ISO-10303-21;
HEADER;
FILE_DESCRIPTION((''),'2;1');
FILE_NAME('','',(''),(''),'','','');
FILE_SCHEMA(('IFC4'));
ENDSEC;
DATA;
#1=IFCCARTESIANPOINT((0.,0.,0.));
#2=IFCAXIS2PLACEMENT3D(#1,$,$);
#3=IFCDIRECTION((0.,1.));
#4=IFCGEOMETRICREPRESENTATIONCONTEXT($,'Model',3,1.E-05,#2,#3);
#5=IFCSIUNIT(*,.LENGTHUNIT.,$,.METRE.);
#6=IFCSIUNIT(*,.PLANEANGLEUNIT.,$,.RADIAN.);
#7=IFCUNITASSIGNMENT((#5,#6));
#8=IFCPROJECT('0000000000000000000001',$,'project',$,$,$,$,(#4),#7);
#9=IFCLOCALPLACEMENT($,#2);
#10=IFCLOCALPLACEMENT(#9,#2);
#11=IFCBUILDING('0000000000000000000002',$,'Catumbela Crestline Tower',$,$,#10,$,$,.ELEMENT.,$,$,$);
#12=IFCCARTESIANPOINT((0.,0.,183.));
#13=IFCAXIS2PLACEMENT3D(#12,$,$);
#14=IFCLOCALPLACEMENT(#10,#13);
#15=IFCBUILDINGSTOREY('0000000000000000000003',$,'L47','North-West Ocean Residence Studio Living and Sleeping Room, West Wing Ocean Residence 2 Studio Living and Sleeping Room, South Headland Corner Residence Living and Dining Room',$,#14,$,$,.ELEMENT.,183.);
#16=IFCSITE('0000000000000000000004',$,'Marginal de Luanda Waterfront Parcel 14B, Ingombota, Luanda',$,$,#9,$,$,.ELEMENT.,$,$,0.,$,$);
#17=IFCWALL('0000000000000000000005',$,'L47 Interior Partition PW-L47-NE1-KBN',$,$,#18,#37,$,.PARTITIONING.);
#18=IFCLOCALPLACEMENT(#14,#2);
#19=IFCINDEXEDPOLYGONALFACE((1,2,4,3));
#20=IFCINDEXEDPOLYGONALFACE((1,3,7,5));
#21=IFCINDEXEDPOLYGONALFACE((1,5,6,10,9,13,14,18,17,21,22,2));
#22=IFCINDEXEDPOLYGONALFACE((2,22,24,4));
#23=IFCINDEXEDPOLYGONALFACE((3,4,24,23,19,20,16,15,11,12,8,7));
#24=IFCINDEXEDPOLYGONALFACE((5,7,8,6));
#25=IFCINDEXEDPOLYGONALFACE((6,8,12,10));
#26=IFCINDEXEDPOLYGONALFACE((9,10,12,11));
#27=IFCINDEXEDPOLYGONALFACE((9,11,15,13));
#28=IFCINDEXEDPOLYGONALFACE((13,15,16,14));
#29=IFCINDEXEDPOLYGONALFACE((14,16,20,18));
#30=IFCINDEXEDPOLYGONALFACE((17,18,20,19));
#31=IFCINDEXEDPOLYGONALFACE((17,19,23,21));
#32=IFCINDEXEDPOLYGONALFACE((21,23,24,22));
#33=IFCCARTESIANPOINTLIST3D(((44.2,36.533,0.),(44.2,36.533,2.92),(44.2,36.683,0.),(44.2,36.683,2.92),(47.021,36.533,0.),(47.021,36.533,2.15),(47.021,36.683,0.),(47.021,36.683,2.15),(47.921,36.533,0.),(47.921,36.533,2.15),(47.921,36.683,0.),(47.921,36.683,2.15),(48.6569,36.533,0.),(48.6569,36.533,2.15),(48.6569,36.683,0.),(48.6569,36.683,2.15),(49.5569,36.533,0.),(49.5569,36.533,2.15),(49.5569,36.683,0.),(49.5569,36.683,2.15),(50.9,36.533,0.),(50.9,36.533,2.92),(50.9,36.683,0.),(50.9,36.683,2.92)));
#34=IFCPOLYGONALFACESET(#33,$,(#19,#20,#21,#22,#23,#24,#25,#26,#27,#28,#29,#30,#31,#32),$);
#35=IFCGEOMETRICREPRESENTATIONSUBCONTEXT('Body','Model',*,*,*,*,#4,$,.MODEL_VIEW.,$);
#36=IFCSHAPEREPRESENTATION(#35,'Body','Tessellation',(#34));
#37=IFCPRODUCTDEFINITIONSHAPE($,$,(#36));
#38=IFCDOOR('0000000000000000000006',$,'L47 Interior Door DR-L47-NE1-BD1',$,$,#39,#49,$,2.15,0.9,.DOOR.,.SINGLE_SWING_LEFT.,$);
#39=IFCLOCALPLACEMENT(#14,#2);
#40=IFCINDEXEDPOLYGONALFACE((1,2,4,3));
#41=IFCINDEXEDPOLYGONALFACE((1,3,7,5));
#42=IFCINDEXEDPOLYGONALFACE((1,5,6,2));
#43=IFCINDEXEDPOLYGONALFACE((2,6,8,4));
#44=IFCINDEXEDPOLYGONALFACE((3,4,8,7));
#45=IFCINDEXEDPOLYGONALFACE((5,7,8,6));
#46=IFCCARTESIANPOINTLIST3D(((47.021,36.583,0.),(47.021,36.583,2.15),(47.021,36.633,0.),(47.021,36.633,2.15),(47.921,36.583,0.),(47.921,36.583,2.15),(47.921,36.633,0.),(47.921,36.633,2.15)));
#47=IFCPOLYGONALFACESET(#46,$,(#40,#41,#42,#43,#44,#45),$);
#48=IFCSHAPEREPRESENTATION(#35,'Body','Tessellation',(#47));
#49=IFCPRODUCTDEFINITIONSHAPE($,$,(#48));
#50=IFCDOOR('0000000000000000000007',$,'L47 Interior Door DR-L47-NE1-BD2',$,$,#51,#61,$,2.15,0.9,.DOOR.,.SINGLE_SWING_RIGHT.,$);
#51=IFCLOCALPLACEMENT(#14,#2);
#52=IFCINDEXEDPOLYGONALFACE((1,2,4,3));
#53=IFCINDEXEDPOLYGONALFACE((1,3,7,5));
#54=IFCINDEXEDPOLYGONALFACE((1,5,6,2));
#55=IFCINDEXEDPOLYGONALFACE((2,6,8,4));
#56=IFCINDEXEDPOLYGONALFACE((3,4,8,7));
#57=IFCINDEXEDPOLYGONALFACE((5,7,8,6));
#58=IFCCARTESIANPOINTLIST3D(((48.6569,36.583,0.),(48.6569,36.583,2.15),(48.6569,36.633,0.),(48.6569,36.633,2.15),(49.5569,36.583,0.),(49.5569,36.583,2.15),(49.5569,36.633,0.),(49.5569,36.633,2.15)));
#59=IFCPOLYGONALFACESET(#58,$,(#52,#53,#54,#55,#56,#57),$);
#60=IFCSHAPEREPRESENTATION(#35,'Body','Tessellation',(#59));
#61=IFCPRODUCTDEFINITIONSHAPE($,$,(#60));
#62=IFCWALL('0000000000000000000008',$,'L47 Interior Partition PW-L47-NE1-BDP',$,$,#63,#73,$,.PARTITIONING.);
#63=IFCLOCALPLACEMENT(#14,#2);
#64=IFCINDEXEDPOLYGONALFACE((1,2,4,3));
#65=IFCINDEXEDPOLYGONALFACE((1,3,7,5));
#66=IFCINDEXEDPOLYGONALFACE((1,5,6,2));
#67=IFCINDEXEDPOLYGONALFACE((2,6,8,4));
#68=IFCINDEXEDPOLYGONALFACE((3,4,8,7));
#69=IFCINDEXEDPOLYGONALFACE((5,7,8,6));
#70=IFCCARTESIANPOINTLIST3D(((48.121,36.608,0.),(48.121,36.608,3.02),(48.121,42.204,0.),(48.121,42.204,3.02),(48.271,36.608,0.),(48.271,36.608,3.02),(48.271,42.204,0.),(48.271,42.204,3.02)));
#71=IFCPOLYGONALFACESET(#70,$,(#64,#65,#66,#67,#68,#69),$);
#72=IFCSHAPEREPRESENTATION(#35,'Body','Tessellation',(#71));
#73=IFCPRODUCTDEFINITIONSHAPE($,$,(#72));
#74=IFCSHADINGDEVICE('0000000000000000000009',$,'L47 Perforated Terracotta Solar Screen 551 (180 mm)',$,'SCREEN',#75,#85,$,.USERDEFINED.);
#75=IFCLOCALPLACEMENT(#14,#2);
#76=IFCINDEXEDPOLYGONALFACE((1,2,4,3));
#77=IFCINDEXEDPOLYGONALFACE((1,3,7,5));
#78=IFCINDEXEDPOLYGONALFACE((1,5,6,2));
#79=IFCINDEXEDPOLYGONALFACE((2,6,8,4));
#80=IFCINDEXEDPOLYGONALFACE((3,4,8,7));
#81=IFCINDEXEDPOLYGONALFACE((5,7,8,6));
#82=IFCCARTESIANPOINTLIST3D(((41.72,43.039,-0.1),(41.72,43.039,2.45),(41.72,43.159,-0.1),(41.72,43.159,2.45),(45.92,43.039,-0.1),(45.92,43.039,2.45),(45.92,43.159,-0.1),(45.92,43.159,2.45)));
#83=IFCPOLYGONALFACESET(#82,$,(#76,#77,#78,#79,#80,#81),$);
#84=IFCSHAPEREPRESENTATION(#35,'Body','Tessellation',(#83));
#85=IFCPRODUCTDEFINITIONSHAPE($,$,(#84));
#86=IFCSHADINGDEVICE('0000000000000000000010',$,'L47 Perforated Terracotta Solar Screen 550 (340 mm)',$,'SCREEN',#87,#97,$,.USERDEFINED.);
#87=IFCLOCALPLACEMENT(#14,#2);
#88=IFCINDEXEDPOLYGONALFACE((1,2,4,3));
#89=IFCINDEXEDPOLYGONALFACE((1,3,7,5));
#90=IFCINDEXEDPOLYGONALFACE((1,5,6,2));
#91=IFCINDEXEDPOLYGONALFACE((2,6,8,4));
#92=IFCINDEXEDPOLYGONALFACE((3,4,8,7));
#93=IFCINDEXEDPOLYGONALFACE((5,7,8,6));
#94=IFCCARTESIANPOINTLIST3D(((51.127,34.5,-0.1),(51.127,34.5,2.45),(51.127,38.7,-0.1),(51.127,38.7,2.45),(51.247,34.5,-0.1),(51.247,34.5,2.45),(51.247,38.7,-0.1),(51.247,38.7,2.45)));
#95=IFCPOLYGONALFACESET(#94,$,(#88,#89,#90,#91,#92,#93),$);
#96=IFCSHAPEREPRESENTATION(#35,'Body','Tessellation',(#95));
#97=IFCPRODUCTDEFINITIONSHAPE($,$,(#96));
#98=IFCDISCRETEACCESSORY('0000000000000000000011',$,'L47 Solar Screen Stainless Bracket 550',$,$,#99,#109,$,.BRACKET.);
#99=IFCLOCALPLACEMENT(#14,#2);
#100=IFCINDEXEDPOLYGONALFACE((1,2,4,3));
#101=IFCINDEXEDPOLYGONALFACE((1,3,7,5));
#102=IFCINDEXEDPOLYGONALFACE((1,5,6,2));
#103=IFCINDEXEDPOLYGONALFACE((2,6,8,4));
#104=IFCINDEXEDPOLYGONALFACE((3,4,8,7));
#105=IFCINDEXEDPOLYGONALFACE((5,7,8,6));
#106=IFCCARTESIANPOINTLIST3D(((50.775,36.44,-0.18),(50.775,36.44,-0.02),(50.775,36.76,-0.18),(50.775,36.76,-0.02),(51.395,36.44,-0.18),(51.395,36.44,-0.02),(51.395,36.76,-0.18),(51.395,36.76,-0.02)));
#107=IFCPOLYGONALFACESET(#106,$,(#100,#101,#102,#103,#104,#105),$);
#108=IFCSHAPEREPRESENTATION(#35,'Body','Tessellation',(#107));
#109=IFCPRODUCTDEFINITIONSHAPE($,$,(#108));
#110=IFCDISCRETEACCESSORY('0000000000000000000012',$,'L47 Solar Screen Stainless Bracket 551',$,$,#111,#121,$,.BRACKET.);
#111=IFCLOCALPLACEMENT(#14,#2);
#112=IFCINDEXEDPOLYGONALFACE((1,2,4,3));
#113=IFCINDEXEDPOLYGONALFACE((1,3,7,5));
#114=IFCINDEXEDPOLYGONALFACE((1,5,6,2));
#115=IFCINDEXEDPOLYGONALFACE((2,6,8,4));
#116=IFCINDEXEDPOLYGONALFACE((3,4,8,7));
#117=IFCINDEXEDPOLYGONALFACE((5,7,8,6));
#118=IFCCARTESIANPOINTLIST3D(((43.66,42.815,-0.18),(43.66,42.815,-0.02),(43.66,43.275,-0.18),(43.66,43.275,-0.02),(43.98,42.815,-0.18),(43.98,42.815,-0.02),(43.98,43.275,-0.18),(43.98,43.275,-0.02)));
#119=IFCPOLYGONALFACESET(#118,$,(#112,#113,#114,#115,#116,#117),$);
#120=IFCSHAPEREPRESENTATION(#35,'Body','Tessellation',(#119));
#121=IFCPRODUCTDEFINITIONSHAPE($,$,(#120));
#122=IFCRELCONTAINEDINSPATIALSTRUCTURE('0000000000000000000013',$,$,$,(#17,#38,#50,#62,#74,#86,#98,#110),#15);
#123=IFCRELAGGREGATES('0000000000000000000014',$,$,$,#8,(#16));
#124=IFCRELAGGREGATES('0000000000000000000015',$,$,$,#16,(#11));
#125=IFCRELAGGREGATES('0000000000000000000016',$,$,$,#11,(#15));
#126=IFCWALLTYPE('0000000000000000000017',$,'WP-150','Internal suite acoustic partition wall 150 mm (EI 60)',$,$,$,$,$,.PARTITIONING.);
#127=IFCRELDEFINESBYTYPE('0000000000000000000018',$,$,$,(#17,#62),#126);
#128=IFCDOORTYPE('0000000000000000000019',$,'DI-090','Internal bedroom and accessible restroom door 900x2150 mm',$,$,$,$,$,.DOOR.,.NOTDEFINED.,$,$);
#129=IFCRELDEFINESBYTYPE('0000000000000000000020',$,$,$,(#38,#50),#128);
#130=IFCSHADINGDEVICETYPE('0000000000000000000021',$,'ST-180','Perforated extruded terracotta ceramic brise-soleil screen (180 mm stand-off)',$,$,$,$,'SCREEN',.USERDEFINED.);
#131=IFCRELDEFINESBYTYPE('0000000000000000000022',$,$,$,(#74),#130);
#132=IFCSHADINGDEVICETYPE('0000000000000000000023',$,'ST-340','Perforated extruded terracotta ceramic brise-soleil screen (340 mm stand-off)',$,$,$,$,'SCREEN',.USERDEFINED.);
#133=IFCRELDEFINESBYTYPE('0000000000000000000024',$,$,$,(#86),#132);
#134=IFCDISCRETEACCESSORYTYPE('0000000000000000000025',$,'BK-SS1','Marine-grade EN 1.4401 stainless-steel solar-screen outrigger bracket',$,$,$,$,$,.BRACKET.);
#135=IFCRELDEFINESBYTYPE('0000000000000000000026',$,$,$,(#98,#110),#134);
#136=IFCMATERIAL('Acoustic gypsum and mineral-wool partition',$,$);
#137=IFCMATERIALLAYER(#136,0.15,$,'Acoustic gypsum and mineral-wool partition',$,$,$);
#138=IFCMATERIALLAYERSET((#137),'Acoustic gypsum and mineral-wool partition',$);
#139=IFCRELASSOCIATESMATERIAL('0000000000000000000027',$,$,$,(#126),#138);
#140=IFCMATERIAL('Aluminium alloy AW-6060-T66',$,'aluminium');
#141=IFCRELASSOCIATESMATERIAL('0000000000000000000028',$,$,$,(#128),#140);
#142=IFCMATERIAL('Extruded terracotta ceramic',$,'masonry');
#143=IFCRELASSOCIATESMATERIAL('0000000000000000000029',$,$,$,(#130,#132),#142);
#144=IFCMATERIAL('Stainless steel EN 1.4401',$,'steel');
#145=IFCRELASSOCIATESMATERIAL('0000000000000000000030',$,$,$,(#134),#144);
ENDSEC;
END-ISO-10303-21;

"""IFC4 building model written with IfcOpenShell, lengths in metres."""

from ifc_helpers import new_model, si_unit, direction, frame, frame_2d, origin, origin_2d, place, context, subcontext, project, spatial, rectangle, extrude, material, layer, layer_set, type_object, element, fill, save


model = new_model("IFC4")

# Units and contexts
model_context = context("Model", 3, precision=1e-05, world=origin(), true_north=direction((0.0, 1.0)))
body_context = subcontext(model_context, "Body", "Model", "MODEL_VIEW")
ifc_project = project(units=[si_unit("LENGTHUNIT", "METRE"), si_unit("PLANEANGLEUNIT", "RADIAN")], contexts=[model_context])

# Site, building, storey
site_placement = place(None, origin())
site = spatial("IfcSite", under=ifc_project, at=site_placement, Name="Marginal de Luanda Waterfront Parcel 14B, Ingombota, Luanda", CompositionType="ELEMENT", RefElevation=0.0)
building_placement = place(site_placement, origin())
building = spatial("IfcBuilding", under=site, at=building_placement, Name="Catumbela Crestline Tower", CompositionType="ELEMENT")
storey_placement = place(building_placement, frame((0.0, 0.0, 183.0)))
storey = spatial("IfcBuildingStorey", under=building, at=storey_placement, Name="L47", Description="North-West Ocean Residence Studio Living and Sleeping Room, West Wing Ocean Residence 2 Studio Living and Sleeping Room, South Headland Corner Residence Living and Dining Room", CompositionType="ELEMENT", Elevation=183.0)

# Shared definitions
ifc_material_1 = material(Name="Aluminium alloy AW-6060-T66", Category="aluminium")

# Wall, openings, doors
ifc_material_2 = material(Name="Acoustic gypsum and mineral-wool partition")
ifc_layer_1 = layer(ifc_material_2, 0.15, Name="Acoustic gypsum and mineral-wool partition")
ifc_layer_set_1 = layer_set([ifc_layer_1], Name="Acoustic gypsum and mineral-wool partition")
wall_type_1 = type_object("IfcWallType", Name="WP-150", Description="Internal suite acoustic partition wall 150 mm (EI 60)", PredefinedType="PARTITIONING", material=ifc_layer_set_1)
wall_1_placement = place(storey_placement, frame((44.2, 36.608, 0.0), z_axis=(0.0, 0.0, 1.0), x_axis=(1.0, 0.0, 0.0)))
wall_1 = element("IfcWall", 1, at=wall_1_placement, inside=storey, type_object=wall_type_1, Name="L47 Interior Partition PW-L47-NE1-KBN", PredefinedType="PARTITIONING", context=body_context, shape_type="SweptSolid", body=[
    extrude(rectangle(XDim=6.7, YDim=0.15, at=frame_2d((3.35, 0.0))), origin(), (0.0, 0.0, 1.0), 2.92),
])
opening_1_placement = place(wall_1_placement, frame((2.821, 0.0, 0.0)))
opening_1 = element("IfcOpeningElement", 2, at=opening_1_placement, cuts=wall_1, PredefinedType="OPENING", context=body_context, shape_type="SweptSolid", body=[
    extrude(rectangle(XDim=0.9, YDim=2.15, at=frame_2d((0.45, 1.075))), frame((0.0, 0.085, 0.0), z_axis=(0.0, -1.0, 0.0), x_axis=(1.0, 0.0, 0.0)), (0.0, 0.0, 1.0), 0.17),
])
opening_2_placement = place(wall_1_placement, frame((4.4569, 0.0, 0.0)))
opening_2 = element("IfcOpeningElement", 3, at=opening_2_placement, cuts=wall_1, PredefinedType="OPENING", context=body_context, shape_type="SweptSolid", body=[
    extrude(rectangle(XDim=0.9, YDim=2.15, at=frame_2d((0.45, 1.075))), frame((0.0, 0.085, 0.0), z_axis=(0.0, -1.0, 0.0), x_axis=(1.0, 0.0, 0.0)), (0.0, 0.0, 1.0), 0.17),
])
door_type = type_object("IfcDoorType", Name="DI-090", Description="Internal bedroom and accessible restroom door 900x2150 mm", OperationType="NOTDEFINED", PredefinedType="DOOR", material=ifc_material_1)
door_1_placement = place(opening_1_placement, origin())
door_1 = element("IfcDoor", 4, at=door_1_placement, inside=storey, type_object=door_type, Name="L47 Interior Door DR-L47-NE1-BD1", OperationType="SINGLE_SWING_LEFT", OverallHeight=2.15, OverallWidth=0.9, PredefinedType="DOOR", context=body_context, shape_type="SweptSolid", body=[
    extrude(rectangle(XDim=0.9, YDim=2.15, at=frame_2d((0.45, 1.075))), frame((0.0, 0.025, 0.0), z_axis=(0.0, -1.0, 0.0), x_axis=(1.0, 0.0, 0.0)), (0.0, 0.0, 1.0), 0.05),
])
fill(opening_1, door_1)
door_2_placement = place(opening_2_placement, origin())
door_2 = element("IfcDoor", 5, at=door_2_placement, inside=storey, type_object=door_type, Name="L47 Interior Door DR-L47-NE1-BD2", OperationType="SINGLE_SWING_RIGHT", OverallHeight=2.15, OverallWidth=0.9, PredefinedType="DOOR", context=body_context, shape_type="SweptSolid", body=[
    extrude(rectangle(XDim=0.9, YDim=2.15, at=frame_2d((0.45, 1.075))), frame((0.0, 0.025, 0.0), z_axis=(0.0, -1.0, 0.0), x_axis=(1.0, 0.0, 0.0)), (0.0, 0.0, 1.0), 0.05),
])
fill(opening_2, door_2)

# Wall
wall_2_placement = place(storey_placement, frame((48.196, 36.608, 0.0), z_axis=(0.0, 0.0, 1.0), x_axis=(0.0, 1.0, 0.0)))
element("IfcWall", 6, at=wall_2_placement, inside=storey, type_object=wall_type_1, Name="L47 Interior Partition PW-L47-NE1-BDP", PredefinedType="PARTITIONING", context=body_context, shape_type="SweptSolid", body=[
    extrude(rectangle(XDim=5.596, YDim=0.15, at=frame_2d((2.798, 0.0))), origin(), (0.0, 0.0, 1.0), 3.02),
])

# Shading devices
ifc_material_3 = material(Name="Extruded terracotta ceramic", Category="masonry")
shading_device_type_1 = type_object("IfcShadingDeviceType", Name="ST-180", Description="Perforated extruded terracotta ceramic brise-soleil screen (180 mm stand-off)", ElementType="SCREEN", PredefinedType="USERDEFINED", material=ifc_material_3)
shading_device_1_placement = place(storey_placement, frame((43.82, 43.099, -0.1), z_axis=(0.0, 0.0, 1.0), x_axis=(-1.0, 0.0, 0.0)))
element("IfcShadingDevice", 7, at=shading_device_1_placement, inside=storey, type_object=shading_device_type_1, Name="L47 Perforated Terracotta Solar Screen 551 (180 mm)", ObjectType="SCREEN", PredefinedType="USERDEFINED", context=body_context, shape_type="SweptSolid", body=[
    extrude(rectangle(XDim=4.2, YDim=0.12, at=origin_2d()), origin(), (0.0, 0.0, 1.0), 2.55),
])
shading_device_type_2 = type_object("IfcShadingDeviceType", Name="ST-340", Description="Perforated extruded terracotta ceramic brise-soleil screen (340 mm stand-off)", ElementType="SCREEN", PredefinedType="USERDEFINED", material=ifc_material_3)
shading_device_2_placement = place(storey_placement, frame((51.187, 36.6, -0.1), z_axis=(0.0, 0.0, 1.0), x_axis=(0.0, 1.0, 0.0)))
element("IfcShadingDevice", 8, at=shading_device_2_placement, inside=storey, type_object=shading_device_type_2, Name="L47 Perforated Terracotta Solar Screen 550 (340 mm)", ObjectType="SCREEN", PredefinedType="USERDEFINED", context=body_context, shape_type="SweptSolid", body=[
    extrude(rectangle(XDim=4.2, YDim=0.12, at=origin_2d()), origin(), (0.0, 0.0, 1.0), 2.55),
])

# Discrete accessories
ifc_material_4 = material(Name="Stainless steel EN 1.4401", Category="steel")
discrete_accessory_type = type_object("IfcDiscreteAccessoryType", Name="BK-SS1", Description="Marine-grade EN 1.4401 stainless-steel solar-screen outrigger bracket", PredefinedType="BRACKET", material=ifc_material_4)
discrete_accessory_1_placement = place(storey_placement, frame((51.085, 36.6, -0.18), z_axis=(0.0, 0.0, 1.0), x_axis=(0.0, 1.0, 0.0)))
element("IfcDiscreteAccessory", 9, at=discrete_accessory_1_placement, inside=storey, type_object=discrete_accessory_type, Name="L47 Solar Screen Stainless Bracket 550", PredefinedType="BRACKET", context=body_context, shape_type="SweptSolid", body=[
    extrude(rectangle(XDim=0.32, YDim=0.62, at=origin_2d()), origin(), (0.0, 0.0, 1.0), 0.16),
])
discrete_accessory_2_placement = place(storey_placement, frame((43.82, 43.045, -0.18), z_axis=(0.0, 0.0, 1.0), x_axis=(-1.0, 0.0, 0.0)))
element("IfcDiscreteAccessory", 10, at=discrete_accessory_2_placement, inside=storey, type_object=discrete_accessory_type, Name="L47 Solar Screen Stainless Bracket 551", PredefinedType="BRACKET", context=body_context, shape_type="SweptSolid", body=[
    extrude(rectangle(XDim=0.32, YDim=0.46, at=origin_2d()), origin(), (0.0, 0.0, 1.0), 0.16),
])

save(model, "model.ifc")
